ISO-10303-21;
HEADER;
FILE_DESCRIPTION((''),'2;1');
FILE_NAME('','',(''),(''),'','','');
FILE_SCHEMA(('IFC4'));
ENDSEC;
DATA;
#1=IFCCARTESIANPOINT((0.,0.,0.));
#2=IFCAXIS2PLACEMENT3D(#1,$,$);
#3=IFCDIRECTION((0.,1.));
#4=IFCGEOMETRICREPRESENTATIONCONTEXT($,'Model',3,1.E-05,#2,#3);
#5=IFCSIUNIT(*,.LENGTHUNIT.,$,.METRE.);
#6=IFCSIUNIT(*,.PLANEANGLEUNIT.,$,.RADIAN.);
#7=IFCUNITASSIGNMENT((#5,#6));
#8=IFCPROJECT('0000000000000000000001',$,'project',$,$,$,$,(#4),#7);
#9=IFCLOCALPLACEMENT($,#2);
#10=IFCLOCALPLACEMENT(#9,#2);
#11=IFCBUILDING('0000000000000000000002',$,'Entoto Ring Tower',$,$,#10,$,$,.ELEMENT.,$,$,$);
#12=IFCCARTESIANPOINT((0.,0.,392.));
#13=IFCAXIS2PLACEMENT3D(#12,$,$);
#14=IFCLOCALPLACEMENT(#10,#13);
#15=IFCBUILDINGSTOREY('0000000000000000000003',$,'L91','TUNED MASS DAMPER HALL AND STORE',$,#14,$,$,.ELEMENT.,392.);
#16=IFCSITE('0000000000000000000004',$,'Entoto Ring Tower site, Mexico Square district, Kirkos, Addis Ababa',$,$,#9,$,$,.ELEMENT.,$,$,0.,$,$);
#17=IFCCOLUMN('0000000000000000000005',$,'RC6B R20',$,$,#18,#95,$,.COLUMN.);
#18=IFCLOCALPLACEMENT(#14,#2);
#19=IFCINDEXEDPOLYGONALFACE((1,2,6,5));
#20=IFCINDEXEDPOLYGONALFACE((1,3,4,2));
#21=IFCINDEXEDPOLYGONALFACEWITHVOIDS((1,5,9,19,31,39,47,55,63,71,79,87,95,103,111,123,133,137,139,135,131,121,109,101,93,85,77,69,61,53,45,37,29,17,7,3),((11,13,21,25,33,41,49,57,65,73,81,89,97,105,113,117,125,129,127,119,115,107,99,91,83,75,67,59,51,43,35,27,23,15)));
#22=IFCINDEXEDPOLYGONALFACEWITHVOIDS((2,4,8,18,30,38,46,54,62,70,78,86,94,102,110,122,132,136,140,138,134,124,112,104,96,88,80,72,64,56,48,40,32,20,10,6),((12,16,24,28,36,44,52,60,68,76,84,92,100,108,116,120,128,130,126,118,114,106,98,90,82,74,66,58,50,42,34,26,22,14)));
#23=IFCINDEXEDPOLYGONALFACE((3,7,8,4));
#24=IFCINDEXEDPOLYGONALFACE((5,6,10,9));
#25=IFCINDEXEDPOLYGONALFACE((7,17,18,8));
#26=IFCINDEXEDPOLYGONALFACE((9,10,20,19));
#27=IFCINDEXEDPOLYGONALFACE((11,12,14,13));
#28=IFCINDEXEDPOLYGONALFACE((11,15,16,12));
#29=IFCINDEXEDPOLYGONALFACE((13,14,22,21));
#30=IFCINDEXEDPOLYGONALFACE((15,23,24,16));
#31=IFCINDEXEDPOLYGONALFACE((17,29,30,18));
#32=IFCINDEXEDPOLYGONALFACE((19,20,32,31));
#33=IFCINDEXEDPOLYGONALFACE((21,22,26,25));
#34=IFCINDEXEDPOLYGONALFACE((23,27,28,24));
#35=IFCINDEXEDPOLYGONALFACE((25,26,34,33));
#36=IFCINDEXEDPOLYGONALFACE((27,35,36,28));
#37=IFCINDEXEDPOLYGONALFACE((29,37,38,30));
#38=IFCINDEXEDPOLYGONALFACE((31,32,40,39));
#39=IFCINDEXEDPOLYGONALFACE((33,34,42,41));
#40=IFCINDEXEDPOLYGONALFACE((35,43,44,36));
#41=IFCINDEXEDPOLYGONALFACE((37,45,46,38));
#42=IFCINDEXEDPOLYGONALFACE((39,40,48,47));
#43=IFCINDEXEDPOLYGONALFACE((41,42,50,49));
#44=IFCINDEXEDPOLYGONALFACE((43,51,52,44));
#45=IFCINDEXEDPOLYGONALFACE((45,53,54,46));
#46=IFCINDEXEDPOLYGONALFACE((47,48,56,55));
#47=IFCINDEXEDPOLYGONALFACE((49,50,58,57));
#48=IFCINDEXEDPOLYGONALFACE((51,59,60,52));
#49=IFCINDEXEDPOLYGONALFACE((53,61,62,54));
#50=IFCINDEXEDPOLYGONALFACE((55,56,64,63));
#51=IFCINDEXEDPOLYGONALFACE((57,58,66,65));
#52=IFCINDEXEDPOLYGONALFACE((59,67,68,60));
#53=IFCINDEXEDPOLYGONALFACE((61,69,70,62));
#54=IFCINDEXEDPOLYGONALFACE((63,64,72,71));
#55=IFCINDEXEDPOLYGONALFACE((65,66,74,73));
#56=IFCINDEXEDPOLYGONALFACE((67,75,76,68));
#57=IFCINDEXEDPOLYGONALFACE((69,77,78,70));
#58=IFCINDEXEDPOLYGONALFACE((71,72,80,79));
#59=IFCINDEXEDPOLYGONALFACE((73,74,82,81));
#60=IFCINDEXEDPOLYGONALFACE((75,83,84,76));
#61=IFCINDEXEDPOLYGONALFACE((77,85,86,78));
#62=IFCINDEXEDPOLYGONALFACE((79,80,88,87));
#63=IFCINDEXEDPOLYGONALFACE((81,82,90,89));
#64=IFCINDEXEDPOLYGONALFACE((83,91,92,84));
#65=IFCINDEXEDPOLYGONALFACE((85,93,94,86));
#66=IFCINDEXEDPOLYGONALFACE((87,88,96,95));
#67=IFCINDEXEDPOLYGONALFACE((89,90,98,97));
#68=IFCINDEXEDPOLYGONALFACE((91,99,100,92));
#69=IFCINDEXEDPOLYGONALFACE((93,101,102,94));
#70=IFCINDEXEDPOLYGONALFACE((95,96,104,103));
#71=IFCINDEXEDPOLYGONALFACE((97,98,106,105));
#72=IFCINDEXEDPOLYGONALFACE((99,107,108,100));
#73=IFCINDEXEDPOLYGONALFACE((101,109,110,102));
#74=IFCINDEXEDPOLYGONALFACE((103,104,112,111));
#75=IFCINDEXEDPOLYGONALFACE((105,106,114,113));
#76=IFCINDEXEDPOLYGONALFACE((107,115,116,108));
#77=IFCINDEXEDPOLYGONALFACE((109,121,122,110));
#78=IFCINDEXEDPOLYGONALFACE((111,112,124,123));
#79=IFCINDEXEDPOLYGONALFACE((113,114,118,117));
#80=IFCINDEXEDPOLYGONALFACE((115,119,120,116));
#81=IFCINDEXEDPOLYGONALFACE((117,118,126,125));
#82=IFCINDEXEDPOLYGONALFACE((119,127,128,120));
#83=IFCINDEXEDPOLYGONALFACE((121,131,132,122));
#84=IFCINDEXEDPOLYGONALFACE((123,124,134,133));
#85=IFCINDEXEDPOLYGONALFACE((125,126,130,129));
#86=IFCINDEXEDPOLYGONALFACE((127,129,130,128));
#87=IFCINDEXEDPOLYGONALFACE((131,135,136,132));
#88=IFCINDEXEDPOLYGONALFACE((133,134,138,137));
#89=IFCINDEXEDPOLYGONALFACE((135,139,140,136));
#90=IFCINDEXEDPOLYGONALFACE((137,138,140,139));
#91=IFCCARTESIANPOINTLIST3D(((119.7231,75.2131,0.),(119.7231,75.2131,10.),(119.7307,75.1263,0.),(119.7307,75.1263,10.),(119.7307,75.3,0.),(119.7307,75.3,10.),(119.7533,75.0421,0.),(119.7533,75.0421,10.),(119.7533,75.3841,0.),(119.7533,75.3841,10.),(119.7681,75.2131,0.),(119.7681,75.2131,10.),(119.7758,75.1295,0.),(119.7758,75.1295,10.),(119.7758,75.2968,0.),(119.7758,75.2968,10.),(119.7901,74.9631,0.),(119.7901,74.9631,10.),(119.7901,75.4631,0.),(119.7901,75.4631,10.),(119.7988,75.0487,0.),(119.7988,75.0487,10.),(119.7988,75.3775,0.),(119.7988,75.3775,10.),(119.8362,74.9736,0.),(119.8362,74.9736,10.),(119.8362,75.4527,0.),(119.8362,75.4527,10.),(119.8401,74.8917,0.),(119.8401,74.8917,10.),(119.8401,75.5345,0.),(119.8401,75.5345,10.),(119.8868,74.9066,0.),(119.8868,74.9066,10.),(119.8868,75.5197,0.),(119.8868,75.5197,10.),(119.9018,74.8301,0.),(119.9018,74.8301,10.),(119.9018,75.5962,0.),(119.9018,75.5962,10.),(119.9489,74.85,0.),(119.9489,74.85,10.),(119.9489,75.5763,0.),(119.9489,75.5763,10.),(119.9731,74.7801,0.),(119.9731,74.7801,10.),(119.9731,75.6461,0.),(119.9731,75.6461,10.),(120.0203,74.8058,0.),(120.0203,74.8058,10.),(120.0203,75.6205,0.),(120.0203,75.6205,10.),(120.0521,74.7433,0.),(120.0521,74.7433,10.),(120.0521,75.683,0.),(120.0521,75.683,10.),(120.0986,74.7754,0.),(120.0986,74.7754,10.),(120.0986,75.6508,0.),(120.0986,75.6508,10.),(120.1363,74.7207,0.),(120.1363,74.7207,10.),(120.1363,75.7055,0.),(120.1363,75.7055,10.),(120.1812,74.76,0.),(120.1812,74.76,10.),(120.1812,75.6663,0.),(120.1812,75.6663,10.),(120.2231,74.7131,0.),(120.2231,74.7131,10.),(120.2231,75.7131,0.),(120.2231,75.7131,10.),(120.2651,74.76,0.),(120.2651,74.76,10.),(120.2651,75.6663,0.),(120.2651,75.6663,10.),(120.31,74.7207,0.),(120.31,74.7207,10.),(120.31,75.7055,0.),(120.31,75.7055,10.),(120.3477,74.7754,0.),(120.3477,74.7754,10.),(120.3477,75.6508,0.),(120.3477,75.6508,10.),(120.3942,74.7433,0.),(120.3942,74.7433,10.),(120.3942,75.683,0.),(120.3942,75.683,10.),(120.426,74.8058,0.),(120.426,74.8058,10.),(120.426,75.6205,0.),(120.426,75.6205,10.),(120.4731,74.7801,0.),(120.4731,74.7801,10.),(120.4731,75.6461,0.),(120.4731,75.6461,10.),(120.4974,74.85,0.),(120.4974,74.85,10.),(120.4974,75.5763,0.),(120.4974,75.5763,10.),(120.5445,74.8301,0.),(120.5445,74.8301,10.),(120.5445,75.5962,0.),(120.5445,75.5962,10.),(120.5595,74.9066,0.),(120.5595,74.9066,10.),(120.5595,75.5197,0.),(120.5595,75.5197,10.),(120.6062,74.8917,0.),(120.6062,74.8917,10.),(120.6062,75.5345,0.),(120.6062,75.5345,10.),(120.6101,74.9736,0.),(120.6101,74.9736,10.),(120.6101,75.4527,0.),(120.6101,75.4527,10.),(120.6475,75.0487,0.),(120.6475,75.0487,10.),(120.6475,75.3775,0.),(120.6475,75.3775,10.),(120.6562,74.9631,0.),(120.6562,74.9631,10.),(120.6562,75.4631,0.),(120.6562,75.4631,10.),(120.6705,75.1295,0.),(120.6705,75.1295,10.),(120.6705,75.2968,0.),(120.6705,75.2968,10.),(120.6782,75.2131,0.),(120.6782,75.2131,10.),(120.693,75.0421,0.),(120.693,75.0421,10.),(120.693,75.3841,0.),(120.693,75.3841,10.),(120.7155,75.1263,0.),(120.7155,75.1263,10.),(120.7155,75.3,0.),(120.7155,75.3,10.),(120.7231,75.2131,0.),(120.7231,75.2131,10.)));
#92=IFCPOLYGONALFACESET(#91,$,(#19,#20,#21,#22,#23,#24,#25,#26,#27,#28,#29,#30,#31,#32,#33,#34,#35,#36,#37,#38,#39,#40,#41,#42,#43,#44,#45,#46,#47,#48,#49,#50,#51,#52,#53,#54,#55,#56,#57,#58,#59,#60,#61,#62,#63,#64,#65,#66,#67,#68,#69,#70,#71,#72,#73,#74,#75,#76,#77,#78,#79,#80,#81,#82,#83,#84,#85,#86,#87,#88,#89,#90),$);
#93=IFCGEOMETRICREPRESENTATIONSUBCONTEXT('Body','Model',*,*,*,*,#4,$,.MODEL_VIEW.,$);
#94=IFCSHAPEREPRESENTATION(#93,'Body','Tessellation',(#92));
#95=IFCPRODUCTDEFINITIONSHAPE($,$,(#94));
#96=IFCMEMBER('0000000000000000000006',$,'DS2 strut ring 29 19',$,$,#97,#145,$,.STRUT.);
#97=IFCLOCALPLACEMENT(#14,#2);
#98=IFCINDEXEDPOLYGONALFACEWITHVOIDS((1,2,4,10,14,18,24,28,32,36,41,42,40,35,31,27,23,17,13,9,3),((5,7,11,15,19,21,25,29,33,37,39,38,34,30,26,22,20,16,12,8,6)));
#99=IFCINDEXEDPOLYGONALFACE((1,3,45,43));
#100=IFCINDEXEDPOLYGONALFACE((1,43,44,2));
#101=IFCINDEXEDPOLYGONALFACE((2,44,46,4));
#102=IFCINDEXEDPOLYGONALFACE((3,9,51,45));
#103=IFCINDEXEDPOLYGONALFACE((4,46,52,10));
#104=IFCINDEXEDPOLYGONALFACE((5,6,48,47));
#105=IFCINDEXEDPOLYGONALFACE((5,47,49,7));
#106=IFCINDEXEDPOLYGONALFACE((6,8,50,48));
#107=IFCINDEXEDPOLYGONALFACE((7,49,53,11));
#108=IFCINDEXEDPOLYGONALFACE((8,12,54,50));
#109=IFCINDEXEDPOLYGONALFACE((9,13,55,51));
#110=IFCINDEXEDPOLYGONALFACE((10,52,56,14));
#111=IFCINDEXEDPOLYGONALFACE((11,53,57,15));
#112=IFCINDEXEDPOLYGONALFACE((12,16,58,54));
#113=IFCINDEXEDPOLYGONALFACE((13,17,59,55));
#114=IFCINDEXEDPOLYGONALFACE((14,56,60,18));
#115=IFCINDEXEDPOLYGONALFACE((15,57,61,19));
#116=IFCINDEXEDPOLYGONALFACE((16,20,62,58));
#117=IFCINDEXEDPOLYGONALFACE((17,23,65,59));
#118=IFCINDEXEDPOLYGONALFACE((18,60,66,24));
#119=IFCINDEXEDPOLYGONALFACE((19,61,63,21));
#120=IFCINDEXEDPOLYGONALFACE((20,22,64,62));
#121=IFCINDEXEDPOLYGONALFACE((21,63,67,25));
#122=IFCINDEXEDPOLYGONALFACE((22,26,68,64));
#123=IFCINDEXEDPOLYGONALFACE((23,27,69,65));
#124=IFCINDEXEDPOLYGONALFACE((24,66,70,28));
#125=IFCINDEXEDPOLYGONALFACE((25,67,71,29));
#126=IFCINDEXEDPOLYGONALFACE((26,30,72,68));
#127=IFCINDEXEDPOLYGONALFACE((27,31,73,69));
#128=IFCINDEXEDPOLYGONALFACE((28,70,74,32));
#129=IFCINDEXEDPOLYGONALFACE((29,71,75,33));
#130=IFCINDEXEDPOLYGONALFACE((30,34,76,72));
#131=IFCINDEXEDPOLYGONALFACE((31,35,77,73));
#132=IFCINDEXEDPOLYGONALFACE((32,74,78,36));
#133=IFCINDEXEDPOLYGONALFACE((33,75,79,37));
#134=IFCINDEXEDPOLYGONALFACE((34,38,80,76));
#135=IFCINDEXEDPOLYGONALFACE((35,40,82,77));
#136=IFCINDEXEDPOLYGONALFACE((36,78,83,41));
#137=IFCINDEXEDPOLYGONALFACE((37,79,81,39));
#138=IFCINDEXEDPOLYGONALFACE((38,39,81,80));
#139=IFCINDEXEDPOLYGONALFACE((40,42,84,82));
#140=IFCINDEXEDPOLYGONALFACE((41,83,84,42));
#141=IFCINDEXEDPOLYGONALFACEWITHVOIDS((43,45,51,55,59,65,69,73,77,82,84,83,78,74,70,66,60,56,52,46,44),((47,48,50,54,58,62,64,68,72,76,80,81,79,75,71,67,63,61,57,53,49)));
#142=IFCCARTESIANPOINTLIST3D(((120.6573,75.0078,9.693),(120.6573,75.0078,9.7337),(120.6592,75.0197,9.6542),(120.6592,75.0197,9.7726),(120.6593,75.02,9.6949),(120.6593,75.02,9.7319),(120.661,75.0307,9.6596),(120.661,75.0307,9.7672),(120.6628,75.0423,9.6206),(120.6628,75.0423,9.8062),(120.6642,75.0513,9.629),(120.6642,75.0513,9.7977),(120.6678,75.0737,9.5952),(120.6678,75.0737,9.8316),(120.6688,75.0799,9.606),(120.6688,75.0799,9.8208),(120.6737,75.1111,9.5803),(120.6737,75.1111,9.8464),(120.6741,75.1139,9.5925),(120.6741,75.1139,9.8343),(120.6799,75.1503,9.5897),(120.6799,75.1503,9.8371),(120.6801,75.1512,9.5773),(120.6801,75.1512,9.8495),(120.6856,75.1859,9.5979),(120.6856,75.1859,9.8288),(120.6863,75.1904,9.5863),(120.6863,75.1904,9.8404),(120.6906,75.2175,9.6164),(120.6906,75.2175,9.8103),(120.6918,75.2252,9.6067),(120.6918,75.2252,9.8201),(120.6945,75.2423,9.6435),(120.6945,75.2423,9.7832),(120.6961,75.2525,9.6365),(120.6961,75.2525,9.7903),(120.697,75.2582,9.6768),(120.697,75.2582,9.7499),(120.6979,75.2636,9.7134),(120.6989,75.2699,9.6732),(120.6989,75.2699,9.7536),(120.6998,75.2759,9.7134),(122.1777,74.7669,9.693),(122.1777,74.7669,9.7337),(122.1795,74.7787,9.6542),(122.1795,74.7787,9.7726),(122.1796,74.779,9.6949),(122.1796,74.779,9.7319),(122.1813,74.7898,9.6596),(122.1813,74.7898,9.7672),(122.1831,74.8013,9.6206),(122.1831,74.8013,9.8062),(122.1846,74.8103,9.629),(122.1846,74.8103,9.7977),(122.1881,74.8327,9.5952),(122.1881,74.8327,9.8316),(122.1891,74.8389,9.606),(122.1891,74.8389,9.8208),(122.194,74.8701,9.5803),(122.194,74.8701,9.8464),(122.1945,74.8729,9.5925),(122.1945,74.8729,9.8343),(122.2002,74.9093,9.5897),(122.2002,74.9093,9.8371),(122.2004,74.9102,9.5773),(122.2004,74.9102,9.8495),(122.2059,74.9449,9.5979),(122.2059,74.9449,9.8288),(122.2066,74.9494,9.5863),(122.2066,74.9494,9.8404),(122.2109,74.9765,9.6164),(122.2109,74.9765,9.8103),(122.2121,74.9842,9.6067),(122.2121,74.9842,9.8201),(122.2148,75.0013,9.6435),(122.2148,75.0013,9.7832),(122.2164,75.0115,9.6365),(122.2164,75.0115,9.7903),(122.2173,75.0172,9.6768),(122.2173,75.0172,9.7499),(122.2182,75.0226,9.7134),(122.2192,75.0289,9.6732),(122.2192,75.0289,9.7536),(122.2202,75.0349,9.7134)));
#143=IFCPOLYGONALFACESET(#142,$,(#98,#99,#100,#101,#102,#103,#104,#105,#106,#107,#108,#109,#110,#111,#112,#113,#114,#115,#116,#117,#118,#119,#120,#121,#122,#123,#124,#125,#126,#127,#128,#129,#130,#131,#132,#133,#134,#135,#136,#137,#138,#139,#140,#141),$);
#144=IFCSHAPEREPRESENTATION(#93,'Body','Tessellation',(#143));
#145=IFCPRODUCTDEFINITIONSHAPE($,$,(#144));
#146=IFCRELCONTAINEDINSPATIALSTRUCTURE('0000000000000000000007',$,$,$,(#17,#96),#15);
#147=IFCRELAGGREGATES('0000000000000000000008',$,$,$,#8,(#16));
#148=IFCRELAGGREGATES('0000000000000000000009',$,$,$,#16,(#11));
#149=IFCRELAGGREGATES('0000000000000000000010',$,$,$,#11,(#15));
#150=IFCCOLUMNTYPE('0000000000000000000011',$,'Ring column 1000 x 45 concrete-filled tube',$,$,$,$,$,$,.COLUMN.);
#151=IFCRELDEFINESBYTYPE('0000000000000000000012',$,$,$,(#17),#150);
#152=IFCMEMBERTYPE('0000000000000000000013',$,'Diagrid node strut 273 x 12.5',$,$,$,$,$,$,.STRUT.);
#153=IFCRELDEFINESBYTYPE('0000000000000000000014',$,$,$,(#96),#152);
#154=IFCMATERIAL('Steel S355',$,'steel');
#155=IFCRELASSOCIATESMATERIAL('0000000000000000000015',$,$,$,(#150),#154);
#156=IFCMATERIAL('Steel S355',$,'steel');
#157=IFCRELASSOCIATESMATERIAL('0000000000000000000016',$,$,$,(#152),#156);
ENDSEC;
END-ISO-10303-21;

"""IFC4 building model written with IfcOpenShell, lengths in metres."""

from ifc_helpers import new_model, si_unit, direction, frame, origin, origin_2d, place, context, subcontext, project, spatial, circle, hollow_circle, extrude, material, material_profile, profile_set, type_object, element, save


model = new_model("IFC4")

# Units and contexts
model_context = context("Model", 3, precision=1e-05, world=origin(), true_north=direction((0.0, 1.0)))
body_context = subcontext(model_context, "Body", "Model", "MODEL_VIEW")
ifc_project = project(units=[si_unit("LENGTHUNIT", "METRE"), si_unit("PLANEANGLEUNIT", "RADIAN")], contexts=[model_context])

# Site, building, storey
site_placement = place(None, origin())
site = spatial("IfcSite", under=ifc_project, at=site_placement, Name="Entoto Ring Tower site, Mexico Square district, Kirkos, Addis Ababa", CompositionType="ELEMENT", RefElevation=0.0)
building_placement = place(site_placement, origin())
building = spatial("IfcBuilding", under=site, at=building_placement, Name="Entoto Ring Tower", CompositionType="ELEMENT")
storey_placement = place(building_placement, frame((0.0, 0.0, 392.0)))
storey = spatial("IfcBuildingStorey", under=building, at=storey_placement, Name="L91", Description="TUNED MASS DAMPER HALL AND STORE", CompositionType="ELEMENT", Elevation=392.0)

# Column
ifc_material_1 = material(Name="Steel S355", Category="steel")
ifc_material_profile_1 = material_profile(ifc_material_1, hollow_circle(Radius=0.5, WallThickness=0.0449, at=origin_2d()), Name="CHS 1000 x 45")
ifc_material_2 = material(Name="Concrete C60/75", Category="concrete")
ifc_material_profile_2 = material_profile(ifc_material_2, circle(Radius=0.4551, at=origin_2d()), Name="Concrete C60/75 infill")
ifc_profile_set_1 = profile_set([ifc_material_profile_1, ifc_material_profile_2], Name="Steel S355")
column_type = type_object("IfcColumnType", Name="Ring column 1000 x 45 concrete-filled tube", PredefinedType="COLUMN", material=ifc_profile_set_1)
column_placement = place(storey_placement, frame((120.2231, 75.2131, 0.0), z_axis=(0.0, 0.0, 1.0), x_axis=(1.0, 0.0, 0.0)))
element("IfcColumn", 1, at=column_placement, inside=storey, type_object=column_type, Name="RC6B R20", PredefinedType="COLUMN", context=body_context, shape_type="SweptSolid", body=[
    extrude(hollow_circle(Radius=0.5, WallThickness=0.0449, at=origin_2d()), origin(), (0.0, 0.0, 1.0), 10.0),
])

# Member
ifc_material_3 = material(Name="Steel S355", Category="steel")
ifc_material_profile_3 = material_profile(ifc_material_3, hollow_circle(Radius=0.1365, WallThickness=0.0125, at=origin_2d()), Name="CHS 273 x 12.5")
ifc_material_4 = material(Name="Concrete C60/75", Category="concrete")
ifc_material_profile_4 = material_profile(ifc_material_4, circle(Radius=0.124, at=origin_2d()), Name="Concrete C60/75 infill")
ifc_profile_set_2 = profile_set([ifc_material_profile_3, ifc_material_profile_4], Name="Steel S355")
member_type_1 = type_object("IfcMemberType", Name="Diagrid node strut 273 x 12.5", PredefinedType="STRUT", material=ifc_profile_set_2)
member_1_placement = place(storey_placement, frame((120.6785, 75.1411, 9.7134), z_axis=(0.98767, -0.156549, 0.0), x_axis=(0.156549, 0.98767, 0.0)))
element("IfcMember", 2, at=member_1_placement, inside=storey, type_object=member_type_1, Name="DS2 strut ring 29 19", PredefinedType="STRUT", context=body_context, shape_type="SweptSolid", body=[
    extrude(hollow_circle(Radius=0.1365, WallThickness=0.0125, at=origin_2d()), origin(), (0.0, 0.0, 1.0), 1.5393),
])

save(model, "model.ifc")
